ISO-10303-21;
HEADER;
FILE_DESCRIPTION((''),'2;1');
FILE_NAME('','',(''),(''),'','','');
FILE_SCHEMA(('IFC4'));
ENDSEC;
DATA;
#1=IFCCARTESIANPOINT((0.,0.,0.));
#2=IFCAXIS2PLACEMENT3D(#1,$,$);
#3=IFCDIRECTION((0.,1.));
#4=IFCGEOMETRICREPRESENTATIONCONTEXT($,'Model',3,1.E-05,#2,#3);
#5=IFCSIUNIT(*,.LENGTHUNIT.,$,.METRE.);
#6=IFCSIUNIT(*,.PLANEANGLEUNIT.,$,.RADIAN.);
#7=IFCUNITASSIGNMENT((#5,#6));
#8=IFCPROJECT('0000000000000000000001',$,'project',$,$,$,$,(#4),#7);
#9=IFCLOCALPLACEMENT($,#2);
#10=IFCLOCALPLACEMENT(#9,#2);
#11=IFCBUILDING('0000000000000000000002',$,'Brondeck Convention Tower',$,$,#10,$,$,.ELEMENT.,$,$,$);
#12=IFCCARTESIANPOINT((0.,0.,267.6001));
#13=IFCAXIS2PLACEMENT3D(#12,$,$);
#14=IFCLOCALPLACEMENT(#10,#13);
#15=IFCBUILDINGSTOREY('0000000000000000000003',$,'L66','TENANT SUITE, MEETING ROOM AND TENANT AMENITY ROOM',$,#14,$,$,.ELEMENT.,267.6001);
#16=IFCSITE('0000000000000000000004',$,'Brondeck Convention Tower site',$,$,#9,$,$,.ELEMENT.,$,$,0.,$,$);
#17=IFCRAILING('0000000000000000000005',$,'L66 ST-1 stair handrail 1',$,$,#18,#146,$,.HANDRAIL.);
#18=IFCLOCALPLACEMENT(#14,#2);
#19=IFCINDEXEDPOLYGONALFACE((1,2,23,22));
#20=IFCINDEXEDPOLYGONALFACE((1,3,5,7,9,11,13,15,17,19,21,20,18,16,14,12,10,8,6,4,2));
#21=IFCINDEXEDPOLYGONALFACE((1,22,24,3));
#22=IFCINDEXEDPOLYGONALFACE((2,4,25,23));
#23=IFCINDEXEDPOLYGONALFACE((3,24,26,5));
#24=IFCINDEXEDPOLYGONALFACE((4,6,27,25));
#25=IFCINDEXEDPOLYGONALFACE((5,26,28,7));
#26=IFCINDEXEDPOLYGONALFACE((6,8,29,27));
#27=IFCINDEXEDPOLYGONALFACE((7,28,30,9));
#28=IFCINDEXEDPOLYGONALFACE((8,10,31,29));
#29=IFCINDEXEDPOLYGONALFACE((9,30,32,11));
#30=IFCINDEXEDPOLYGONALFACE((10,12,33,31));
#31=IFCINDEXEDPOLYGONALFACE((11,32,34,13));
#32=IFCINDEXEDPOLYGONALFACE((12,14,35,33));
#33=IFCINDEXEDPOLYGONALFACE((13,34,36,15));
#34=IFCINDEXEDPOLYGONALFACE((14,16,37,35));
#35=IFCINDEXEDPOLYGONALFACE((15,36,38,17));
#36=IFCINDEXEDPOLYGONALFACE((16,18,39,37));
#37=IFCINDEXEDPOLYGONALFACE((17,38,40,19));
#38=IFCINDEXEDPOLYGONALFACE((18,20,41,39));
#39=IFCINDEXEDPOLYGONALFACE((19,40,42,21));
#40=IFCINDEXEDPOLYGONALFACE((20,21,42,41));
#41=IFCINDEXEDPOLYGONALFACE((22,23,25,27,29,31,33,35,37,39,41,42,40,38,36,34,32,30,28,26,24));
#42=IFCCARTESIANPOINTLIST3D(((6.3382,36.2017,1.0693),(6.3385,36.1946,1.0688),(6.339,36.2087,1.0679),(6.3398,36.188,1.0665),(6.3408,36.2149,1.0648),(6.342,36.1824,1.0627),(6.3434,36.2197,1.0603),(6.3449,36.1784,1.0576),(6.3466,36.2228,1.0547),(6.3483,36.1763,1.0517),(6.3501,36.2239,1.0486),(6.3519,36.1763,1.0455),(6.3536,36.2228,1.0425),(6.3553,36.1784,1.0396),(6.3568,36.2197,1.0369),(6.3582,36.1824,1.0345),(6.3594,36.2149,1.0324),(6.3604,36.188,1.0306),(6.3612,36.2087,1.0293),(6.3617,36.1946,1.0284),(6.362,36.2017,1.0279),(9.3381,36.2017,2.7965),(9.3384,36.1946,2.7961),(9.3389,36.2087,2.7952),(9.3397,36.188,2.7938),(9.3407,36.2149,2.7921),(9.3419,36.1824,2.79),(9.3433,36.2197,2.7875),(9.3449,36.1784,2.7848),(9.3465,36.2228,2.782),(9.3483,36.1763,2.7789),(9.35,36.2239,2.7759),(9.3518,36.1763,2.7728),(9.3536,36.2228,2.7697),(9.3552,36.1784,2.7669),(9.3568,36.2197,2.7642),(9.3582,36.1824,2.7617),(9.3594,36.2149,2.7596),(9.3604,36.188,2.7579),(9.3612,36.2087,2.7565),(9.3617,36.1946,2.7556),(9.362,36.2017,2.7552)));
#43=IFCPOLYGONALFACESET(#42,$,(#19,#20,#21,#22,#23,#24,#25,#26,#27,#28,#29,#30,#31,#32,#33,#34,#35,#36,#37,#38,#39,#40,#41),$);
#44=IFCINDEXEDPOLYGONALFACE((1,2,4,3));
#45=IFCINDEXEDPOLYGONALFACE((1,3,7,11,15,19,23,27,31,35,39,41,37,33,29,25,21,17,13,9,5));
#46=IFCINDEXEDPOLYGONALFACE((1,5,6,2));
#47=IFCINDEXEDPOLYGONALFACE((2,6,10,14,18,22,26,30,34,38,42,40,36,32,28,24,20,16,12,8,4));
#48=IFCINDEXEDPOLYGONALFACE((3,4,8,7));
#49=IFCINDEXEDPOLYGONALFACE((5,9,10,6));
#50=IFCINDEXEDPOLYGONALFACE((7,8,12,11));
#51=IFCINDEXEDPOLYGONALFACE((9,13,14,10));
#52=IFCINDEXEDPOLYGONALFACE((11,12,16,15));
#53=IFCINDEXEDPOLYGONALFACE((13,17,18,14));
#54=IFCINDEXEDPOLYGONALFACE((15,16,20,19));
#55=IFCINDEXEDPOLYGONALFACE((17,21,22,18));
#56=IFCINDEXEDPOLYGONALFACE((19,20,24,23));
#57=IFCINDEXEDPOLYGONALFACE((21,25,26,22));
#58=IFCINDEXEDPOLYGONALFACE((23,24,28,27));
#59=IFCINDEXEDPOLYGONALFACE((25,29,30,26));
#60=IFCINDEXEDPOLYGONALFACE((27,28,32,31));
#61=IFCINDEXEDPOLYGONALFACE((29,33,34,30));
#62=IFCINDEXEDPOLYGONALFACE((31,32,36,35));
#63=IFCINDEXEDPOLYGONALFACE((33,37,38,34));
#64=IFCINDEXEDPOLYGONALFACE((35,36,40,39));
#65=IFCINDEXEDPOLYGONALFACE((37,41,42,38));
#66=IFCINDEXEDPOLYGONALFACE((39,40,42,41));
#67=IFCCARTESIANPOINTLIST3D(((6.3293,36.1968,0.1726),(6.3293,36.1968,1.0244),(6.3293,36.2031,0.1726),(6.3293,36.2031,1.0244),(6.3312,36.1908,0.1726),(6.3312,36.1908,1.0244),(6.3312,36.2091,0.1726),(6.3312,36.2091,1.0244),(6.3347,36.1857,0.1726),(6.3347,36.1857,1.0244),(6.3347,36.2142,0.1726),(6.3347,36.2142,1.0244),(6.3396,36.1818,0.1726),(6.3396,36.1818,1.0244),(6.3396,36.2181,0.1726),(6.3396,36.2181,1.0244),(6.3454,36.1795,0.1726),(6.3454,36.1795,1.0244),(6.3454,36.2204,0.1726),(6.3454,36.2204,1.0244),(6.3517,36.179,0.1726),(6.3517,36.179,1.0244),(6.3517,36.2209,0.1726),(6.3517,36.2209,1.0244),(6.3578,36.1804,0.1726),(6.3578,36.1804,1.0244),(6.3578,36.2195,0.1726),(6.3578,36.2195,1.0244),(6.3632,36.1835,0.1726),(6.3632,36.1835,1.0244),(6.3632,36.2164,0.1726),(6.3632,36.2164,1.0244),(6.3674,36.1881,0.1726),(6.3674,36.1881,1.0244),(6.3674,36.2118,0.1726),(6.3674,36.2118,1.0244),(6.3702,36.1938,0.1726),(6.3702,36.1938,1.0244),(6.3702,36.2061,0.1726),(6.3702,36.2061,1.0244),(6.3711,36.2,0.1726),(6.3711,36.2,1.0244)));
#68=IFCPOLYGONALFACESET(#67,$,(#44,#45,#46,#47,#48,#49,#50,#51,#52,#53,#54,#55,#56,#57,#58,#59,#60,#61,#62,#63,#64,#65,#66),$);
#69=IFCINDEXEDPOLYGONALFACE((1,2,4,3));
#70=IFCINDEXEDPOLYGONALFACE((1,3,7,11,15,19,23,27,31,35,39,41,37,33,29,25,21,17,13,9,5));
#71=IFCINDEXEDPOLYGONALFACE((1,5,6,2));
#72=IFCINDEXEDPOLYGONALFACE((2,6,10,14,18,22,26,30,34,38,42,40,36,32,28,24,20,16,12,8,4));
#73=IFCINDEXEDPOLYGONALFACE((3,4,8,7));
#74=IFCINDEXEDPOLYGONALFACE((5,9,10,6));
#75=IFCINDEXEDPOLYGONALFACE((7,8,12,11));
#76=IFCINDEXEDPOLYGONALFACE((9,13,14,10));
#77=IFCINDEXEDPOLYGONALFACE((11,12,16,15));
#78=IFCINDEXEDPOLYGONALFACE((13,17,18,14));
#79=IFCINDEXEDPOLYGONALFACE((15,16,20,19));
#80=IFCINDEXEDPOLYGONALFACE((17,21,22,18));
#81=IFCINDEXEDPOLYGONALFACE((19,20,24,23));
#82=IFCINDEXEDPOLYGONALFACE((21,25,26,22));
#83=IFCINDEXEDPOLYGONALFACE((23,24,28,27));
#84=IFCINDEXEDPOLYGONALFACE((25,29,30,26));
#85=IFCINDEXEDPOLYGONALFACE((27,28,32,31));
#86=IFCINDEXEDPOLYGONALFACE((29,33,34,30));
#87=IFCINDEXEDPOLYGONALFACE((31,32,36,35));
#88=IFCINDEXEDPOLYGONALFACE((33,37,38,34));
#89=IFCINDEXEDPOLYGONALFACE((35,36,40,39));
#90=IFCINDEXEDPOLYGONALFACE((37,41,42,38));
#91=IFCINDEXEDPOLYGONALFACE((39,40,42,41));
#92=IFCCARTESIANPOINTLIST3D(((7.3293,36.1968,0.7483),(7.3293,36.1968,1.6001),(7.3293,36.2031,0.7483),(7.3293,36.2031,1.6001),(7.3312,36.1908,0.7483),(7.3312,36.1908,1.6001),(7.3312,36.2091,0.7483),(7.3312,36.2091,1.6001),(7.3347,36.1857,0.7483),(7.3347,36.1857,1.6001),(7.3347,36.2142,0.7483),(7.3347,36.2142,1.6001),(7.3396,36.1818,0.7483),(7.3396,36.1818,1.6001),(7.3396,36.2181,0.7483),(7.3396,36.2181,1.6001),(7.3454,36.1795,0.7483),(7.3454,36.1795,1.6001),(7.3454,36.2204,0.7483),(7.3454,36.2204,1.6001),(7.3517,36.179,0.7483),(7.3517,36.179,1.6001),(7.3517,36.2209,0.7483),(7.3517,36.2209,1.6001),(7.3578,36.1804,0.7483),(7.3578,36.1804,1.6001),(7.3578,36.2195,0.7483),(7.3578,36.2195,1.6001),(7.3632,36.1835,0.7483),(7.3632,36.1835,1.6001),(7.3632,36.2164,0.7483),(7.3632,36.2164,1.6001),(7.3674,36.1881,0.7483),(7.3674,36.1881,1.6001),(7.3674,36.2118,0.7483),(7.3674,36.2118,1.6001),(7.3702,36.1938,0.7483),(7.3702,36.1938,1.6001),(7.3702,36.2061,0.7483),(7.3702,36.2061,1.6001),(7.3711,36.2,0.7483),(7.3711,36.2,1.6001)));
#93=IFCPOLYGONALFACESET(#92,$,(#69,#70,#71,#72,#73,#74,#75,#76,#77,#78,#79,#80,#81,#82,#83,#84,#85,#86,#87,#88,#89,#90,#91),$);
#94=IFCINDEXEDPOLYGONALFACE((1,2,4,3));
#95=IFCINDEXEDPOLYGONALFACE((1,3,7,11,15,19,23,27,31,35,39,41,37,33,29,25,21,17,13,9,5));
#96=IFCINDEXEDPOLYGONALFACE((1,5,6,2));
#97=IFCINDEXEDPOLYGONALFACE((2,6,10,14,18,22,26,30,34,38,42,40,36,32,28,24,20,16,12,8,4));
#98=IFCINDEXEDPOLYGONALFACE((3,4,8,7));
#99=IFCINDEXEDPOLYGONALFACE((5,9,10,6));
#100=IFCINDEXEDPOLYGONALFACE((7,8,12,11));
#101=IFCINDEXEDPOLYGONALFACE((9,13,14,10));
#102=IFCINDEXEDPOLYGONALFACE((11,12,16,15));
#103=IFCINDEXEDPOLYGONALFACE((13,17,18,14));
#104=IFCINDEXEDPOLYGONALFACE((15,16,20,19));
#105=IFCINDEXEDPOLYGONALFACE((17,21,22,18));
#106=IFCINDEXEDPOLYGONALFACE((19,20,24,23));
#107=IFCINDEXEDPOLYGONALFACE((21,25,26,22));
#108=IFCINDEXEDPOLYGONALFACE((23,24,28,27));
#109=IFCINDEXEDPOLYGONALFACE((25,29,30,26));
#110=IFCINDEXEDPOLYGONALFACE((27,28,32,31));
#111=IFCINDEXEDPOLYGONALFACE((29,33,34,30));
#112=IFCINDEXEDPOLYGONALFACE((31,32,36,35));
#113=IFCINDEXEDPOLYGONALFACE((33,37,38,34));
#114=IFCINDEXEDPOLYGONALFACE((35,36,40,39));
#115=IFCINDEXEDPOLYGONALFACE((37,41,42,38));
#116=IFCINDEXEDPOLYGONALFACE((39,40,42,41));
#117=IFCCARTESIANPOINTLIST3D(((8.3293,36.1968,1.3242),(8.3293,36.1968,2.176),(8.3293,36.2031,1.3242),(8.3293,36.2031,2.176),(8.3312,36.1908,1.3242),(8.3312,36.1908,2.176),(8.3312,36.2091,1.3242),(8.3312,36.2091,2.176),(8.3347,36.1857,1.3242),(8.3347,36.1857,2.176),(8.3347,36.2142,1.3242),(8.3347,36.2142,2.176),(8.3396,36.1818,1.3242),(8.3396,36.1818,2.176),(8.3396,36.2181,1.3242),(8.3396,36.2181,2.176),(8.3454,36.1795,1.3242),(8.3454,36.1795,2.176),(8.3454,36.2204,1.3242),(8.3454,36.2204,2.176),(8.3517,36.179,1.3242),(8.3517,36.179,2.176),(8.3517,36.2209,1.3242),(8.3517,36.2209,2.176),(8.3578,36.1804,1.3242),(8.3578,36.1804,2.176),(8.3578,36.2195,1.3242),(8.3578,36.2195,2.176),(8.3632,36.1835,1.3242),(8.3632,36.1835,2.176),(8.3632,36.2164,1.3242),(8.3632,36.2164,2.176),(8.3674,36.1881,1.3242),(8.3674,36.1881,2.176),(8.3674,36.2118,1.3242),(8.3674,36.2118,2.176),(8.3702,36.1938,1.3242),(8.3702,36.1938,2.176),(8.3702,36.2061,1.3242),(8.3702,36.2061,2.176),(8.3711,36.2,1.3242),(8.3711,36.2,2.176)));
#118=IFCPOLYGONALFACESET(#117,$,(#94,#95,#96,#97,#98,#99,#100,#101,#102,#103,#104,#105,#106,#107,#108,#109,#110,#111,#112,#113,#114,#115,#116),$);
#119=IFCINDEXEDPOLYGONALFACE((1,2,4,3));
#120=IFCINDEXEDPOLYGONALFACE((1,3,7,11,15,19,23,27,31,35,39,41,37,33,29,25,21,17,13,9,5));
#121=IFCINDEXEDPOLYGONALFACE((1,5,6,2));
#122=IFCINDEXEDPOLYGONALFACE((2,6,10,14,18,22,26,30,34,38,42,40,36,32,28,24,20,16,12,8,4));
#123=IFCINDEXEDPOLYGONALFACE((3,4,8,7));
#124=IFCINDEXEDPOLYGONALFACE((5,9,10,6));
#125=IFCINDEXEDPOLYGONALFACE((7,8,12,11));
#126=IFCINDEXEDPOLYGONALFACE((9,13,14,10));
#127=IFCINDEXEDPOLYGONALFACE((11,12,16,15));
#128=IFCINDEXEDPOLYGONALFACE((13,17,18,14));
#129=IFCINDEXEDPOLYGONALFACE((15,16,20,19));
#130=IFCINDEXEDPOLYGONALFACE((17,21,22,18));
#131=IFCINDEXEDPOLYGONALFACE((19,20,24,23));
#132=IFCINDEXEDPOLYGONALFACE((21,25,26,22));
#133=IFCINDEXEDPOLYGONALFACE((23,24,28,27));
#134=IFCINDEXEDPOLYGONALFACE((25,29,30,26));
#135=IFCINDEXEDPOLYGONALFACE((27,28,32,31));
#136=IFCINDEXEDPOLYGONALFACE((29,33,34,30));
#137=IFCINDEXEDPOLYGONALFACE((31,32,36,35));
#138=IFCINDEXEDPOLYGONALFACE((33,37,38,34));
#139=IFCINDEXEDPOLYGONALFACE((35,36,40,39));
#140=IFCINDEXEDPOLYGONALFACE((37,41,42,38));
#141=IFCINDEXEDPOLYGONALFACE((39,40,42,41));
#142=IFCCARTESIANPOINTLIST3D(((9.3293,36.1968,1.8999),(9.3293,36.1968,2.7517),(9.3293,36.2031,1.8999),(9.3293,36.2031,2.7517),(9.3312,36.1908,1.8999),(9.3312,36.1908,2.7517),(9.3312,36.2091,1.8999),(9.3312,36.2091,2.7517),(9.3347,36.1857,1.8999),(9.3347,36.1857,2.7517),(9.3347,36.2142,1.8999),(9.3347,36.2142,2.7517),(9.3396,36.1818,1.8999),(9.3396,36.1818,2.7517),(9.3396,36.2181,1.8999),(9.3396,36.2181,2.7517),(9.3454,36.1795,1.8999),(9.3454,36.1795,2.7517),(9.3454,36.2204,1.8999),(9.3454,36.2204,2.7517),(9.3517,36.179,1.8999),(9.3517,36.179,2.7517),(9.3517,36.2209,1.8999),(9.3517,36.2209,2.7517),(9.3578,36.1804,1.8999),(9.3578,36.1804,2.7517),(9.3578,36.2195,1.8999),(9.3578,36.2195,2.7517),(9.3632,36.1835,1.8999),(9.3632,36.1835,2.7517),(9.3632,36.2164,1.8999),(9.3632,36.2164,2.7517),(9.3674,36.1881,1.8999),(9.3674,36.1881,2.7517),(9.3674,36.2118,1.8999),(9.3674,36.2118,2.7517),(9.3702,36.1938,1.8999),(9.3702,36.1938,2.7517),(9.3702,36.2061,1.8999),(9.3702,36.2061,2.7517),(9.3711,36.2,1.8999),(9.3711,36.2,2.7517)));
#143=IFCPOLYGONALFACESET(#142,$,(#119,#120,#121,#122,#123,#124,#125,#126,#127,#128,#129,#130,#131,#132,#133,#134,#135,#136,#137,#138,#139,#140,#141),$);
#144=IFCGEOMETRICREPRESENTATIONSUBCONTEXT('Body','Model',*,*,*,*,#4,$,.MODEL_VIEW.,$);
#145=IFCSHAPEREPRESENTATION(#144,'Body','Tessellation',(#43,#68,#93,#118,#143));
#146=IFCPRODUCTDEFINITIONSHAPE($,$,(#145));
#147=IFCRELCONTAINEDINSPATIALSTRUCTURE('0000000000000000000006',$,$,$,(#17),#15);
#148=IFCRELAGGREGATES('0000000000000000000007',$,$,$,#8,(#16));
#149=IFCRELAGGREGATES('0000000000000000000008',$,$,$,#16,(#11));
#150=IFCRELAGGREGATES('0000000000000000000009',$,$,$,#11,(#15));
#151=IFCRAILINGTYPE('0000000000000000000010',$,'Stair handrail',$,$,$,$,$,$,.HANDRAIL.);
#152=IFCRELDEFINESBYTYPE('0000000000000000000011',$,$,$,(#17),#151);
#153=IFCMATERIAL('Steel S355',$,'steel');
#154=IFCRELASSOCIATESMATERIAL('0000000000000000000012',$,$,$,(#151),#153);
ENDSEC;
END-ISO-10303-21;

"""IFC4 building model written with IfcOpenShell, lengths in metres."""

from ifc_helpers import new_model, si_unit, direction, frame, origin, origin_2d, place, context, subcontext, project, spatial, circle, extrude, material, type_object, element, save


model = new_model("IFC4")

# Units and contexts
model_context = context("Model", 3, precision=1e-05, world=origin(), true_north=direction((0.0, 1.0)))
body_context = subcontext(model_context, "Body", "Model", "MODEL_VIEW")
ifc_project = project(units=[si_unit("LENGTHUNIT", "METRE"), si_unit("PLANEANGLEUNIT", "RADIAN")], contexts=[model_context])

# Site, building, storey
site_placement = place(None, origin())
site = spatial("IfcSite", under=ifc_project, at=site_placement, Name="Brondeck Convention Tower site", CompositionType="ELEMENT", RefElevation=0.0)
building_placement = place(site_placement, origin())
building = spatial("IfcBuilding", under=site, at=building_placement, Name="Brondeck Convention Tower", CompositionType="ELEMENT")
storey_placement = place(building_placement, frame((0.0, 0.0, 267.6001)))
storey = spatial("IfcBuildingStorey", under=building, at=storey_placement, Name="L66", Description="TENANT SUITE, MEETING ROOM AND TENANT AMENITY ROOM", CompositionType="ELEMENT", Elevation=267.6001)

# Railing
ifc_material_1 = material(Name="Steel S355", Category="steel")
railing_type_1 = type_object("IfcRailingType", Name="Stair handrail", PredefinedType="HANDRAIL", material=ifc_material_1)
railing_1_placement = place(storey_placement, frame((6.3501, 36.2, 0.1726)))
element("IfcRailing", 1, at=railing_1_placement, inside=storey, type_object=railing_type_1, Name="L66 ST-1 stair handrail 1", PredefinedType="HANDRAIL", context=body_context, shape_type="SweptSolid", body=[
    extrude(circle(Radius=0.0239, at=origin_2d()), frame((0.0, 0.0, 0.876), z_axis=(0.86662, 0.0, 0.498969), x_axis=(0.0, 1.0, 0.0)), (0.0, 0.0, 1.0), 3.4617),
    extrude(circle(Radius=0.021, at=origin_2d()), origin(), (0.0, 0.0, 1.0), 0.8518),
    extrude(circle(Radius=0.021, at=origin_2d()), frame((1.0, 0.0, 0.5757)), (0.0, 0.0, 1.0), 0.8518),
    extrude(circle(Radius=0.021, at=origin_2d()), frame((2.0, 0.0, 1.1516)), (0.0, 0.0, 1.0), 0.8518),
    extrude(circle(Radius=0.021, at=origin_2d()), frame((3.0, 0.0, 1.7273)), (0.0, 0.0, 1.0), 0.8518),
])

save(model, "model.ifc")
